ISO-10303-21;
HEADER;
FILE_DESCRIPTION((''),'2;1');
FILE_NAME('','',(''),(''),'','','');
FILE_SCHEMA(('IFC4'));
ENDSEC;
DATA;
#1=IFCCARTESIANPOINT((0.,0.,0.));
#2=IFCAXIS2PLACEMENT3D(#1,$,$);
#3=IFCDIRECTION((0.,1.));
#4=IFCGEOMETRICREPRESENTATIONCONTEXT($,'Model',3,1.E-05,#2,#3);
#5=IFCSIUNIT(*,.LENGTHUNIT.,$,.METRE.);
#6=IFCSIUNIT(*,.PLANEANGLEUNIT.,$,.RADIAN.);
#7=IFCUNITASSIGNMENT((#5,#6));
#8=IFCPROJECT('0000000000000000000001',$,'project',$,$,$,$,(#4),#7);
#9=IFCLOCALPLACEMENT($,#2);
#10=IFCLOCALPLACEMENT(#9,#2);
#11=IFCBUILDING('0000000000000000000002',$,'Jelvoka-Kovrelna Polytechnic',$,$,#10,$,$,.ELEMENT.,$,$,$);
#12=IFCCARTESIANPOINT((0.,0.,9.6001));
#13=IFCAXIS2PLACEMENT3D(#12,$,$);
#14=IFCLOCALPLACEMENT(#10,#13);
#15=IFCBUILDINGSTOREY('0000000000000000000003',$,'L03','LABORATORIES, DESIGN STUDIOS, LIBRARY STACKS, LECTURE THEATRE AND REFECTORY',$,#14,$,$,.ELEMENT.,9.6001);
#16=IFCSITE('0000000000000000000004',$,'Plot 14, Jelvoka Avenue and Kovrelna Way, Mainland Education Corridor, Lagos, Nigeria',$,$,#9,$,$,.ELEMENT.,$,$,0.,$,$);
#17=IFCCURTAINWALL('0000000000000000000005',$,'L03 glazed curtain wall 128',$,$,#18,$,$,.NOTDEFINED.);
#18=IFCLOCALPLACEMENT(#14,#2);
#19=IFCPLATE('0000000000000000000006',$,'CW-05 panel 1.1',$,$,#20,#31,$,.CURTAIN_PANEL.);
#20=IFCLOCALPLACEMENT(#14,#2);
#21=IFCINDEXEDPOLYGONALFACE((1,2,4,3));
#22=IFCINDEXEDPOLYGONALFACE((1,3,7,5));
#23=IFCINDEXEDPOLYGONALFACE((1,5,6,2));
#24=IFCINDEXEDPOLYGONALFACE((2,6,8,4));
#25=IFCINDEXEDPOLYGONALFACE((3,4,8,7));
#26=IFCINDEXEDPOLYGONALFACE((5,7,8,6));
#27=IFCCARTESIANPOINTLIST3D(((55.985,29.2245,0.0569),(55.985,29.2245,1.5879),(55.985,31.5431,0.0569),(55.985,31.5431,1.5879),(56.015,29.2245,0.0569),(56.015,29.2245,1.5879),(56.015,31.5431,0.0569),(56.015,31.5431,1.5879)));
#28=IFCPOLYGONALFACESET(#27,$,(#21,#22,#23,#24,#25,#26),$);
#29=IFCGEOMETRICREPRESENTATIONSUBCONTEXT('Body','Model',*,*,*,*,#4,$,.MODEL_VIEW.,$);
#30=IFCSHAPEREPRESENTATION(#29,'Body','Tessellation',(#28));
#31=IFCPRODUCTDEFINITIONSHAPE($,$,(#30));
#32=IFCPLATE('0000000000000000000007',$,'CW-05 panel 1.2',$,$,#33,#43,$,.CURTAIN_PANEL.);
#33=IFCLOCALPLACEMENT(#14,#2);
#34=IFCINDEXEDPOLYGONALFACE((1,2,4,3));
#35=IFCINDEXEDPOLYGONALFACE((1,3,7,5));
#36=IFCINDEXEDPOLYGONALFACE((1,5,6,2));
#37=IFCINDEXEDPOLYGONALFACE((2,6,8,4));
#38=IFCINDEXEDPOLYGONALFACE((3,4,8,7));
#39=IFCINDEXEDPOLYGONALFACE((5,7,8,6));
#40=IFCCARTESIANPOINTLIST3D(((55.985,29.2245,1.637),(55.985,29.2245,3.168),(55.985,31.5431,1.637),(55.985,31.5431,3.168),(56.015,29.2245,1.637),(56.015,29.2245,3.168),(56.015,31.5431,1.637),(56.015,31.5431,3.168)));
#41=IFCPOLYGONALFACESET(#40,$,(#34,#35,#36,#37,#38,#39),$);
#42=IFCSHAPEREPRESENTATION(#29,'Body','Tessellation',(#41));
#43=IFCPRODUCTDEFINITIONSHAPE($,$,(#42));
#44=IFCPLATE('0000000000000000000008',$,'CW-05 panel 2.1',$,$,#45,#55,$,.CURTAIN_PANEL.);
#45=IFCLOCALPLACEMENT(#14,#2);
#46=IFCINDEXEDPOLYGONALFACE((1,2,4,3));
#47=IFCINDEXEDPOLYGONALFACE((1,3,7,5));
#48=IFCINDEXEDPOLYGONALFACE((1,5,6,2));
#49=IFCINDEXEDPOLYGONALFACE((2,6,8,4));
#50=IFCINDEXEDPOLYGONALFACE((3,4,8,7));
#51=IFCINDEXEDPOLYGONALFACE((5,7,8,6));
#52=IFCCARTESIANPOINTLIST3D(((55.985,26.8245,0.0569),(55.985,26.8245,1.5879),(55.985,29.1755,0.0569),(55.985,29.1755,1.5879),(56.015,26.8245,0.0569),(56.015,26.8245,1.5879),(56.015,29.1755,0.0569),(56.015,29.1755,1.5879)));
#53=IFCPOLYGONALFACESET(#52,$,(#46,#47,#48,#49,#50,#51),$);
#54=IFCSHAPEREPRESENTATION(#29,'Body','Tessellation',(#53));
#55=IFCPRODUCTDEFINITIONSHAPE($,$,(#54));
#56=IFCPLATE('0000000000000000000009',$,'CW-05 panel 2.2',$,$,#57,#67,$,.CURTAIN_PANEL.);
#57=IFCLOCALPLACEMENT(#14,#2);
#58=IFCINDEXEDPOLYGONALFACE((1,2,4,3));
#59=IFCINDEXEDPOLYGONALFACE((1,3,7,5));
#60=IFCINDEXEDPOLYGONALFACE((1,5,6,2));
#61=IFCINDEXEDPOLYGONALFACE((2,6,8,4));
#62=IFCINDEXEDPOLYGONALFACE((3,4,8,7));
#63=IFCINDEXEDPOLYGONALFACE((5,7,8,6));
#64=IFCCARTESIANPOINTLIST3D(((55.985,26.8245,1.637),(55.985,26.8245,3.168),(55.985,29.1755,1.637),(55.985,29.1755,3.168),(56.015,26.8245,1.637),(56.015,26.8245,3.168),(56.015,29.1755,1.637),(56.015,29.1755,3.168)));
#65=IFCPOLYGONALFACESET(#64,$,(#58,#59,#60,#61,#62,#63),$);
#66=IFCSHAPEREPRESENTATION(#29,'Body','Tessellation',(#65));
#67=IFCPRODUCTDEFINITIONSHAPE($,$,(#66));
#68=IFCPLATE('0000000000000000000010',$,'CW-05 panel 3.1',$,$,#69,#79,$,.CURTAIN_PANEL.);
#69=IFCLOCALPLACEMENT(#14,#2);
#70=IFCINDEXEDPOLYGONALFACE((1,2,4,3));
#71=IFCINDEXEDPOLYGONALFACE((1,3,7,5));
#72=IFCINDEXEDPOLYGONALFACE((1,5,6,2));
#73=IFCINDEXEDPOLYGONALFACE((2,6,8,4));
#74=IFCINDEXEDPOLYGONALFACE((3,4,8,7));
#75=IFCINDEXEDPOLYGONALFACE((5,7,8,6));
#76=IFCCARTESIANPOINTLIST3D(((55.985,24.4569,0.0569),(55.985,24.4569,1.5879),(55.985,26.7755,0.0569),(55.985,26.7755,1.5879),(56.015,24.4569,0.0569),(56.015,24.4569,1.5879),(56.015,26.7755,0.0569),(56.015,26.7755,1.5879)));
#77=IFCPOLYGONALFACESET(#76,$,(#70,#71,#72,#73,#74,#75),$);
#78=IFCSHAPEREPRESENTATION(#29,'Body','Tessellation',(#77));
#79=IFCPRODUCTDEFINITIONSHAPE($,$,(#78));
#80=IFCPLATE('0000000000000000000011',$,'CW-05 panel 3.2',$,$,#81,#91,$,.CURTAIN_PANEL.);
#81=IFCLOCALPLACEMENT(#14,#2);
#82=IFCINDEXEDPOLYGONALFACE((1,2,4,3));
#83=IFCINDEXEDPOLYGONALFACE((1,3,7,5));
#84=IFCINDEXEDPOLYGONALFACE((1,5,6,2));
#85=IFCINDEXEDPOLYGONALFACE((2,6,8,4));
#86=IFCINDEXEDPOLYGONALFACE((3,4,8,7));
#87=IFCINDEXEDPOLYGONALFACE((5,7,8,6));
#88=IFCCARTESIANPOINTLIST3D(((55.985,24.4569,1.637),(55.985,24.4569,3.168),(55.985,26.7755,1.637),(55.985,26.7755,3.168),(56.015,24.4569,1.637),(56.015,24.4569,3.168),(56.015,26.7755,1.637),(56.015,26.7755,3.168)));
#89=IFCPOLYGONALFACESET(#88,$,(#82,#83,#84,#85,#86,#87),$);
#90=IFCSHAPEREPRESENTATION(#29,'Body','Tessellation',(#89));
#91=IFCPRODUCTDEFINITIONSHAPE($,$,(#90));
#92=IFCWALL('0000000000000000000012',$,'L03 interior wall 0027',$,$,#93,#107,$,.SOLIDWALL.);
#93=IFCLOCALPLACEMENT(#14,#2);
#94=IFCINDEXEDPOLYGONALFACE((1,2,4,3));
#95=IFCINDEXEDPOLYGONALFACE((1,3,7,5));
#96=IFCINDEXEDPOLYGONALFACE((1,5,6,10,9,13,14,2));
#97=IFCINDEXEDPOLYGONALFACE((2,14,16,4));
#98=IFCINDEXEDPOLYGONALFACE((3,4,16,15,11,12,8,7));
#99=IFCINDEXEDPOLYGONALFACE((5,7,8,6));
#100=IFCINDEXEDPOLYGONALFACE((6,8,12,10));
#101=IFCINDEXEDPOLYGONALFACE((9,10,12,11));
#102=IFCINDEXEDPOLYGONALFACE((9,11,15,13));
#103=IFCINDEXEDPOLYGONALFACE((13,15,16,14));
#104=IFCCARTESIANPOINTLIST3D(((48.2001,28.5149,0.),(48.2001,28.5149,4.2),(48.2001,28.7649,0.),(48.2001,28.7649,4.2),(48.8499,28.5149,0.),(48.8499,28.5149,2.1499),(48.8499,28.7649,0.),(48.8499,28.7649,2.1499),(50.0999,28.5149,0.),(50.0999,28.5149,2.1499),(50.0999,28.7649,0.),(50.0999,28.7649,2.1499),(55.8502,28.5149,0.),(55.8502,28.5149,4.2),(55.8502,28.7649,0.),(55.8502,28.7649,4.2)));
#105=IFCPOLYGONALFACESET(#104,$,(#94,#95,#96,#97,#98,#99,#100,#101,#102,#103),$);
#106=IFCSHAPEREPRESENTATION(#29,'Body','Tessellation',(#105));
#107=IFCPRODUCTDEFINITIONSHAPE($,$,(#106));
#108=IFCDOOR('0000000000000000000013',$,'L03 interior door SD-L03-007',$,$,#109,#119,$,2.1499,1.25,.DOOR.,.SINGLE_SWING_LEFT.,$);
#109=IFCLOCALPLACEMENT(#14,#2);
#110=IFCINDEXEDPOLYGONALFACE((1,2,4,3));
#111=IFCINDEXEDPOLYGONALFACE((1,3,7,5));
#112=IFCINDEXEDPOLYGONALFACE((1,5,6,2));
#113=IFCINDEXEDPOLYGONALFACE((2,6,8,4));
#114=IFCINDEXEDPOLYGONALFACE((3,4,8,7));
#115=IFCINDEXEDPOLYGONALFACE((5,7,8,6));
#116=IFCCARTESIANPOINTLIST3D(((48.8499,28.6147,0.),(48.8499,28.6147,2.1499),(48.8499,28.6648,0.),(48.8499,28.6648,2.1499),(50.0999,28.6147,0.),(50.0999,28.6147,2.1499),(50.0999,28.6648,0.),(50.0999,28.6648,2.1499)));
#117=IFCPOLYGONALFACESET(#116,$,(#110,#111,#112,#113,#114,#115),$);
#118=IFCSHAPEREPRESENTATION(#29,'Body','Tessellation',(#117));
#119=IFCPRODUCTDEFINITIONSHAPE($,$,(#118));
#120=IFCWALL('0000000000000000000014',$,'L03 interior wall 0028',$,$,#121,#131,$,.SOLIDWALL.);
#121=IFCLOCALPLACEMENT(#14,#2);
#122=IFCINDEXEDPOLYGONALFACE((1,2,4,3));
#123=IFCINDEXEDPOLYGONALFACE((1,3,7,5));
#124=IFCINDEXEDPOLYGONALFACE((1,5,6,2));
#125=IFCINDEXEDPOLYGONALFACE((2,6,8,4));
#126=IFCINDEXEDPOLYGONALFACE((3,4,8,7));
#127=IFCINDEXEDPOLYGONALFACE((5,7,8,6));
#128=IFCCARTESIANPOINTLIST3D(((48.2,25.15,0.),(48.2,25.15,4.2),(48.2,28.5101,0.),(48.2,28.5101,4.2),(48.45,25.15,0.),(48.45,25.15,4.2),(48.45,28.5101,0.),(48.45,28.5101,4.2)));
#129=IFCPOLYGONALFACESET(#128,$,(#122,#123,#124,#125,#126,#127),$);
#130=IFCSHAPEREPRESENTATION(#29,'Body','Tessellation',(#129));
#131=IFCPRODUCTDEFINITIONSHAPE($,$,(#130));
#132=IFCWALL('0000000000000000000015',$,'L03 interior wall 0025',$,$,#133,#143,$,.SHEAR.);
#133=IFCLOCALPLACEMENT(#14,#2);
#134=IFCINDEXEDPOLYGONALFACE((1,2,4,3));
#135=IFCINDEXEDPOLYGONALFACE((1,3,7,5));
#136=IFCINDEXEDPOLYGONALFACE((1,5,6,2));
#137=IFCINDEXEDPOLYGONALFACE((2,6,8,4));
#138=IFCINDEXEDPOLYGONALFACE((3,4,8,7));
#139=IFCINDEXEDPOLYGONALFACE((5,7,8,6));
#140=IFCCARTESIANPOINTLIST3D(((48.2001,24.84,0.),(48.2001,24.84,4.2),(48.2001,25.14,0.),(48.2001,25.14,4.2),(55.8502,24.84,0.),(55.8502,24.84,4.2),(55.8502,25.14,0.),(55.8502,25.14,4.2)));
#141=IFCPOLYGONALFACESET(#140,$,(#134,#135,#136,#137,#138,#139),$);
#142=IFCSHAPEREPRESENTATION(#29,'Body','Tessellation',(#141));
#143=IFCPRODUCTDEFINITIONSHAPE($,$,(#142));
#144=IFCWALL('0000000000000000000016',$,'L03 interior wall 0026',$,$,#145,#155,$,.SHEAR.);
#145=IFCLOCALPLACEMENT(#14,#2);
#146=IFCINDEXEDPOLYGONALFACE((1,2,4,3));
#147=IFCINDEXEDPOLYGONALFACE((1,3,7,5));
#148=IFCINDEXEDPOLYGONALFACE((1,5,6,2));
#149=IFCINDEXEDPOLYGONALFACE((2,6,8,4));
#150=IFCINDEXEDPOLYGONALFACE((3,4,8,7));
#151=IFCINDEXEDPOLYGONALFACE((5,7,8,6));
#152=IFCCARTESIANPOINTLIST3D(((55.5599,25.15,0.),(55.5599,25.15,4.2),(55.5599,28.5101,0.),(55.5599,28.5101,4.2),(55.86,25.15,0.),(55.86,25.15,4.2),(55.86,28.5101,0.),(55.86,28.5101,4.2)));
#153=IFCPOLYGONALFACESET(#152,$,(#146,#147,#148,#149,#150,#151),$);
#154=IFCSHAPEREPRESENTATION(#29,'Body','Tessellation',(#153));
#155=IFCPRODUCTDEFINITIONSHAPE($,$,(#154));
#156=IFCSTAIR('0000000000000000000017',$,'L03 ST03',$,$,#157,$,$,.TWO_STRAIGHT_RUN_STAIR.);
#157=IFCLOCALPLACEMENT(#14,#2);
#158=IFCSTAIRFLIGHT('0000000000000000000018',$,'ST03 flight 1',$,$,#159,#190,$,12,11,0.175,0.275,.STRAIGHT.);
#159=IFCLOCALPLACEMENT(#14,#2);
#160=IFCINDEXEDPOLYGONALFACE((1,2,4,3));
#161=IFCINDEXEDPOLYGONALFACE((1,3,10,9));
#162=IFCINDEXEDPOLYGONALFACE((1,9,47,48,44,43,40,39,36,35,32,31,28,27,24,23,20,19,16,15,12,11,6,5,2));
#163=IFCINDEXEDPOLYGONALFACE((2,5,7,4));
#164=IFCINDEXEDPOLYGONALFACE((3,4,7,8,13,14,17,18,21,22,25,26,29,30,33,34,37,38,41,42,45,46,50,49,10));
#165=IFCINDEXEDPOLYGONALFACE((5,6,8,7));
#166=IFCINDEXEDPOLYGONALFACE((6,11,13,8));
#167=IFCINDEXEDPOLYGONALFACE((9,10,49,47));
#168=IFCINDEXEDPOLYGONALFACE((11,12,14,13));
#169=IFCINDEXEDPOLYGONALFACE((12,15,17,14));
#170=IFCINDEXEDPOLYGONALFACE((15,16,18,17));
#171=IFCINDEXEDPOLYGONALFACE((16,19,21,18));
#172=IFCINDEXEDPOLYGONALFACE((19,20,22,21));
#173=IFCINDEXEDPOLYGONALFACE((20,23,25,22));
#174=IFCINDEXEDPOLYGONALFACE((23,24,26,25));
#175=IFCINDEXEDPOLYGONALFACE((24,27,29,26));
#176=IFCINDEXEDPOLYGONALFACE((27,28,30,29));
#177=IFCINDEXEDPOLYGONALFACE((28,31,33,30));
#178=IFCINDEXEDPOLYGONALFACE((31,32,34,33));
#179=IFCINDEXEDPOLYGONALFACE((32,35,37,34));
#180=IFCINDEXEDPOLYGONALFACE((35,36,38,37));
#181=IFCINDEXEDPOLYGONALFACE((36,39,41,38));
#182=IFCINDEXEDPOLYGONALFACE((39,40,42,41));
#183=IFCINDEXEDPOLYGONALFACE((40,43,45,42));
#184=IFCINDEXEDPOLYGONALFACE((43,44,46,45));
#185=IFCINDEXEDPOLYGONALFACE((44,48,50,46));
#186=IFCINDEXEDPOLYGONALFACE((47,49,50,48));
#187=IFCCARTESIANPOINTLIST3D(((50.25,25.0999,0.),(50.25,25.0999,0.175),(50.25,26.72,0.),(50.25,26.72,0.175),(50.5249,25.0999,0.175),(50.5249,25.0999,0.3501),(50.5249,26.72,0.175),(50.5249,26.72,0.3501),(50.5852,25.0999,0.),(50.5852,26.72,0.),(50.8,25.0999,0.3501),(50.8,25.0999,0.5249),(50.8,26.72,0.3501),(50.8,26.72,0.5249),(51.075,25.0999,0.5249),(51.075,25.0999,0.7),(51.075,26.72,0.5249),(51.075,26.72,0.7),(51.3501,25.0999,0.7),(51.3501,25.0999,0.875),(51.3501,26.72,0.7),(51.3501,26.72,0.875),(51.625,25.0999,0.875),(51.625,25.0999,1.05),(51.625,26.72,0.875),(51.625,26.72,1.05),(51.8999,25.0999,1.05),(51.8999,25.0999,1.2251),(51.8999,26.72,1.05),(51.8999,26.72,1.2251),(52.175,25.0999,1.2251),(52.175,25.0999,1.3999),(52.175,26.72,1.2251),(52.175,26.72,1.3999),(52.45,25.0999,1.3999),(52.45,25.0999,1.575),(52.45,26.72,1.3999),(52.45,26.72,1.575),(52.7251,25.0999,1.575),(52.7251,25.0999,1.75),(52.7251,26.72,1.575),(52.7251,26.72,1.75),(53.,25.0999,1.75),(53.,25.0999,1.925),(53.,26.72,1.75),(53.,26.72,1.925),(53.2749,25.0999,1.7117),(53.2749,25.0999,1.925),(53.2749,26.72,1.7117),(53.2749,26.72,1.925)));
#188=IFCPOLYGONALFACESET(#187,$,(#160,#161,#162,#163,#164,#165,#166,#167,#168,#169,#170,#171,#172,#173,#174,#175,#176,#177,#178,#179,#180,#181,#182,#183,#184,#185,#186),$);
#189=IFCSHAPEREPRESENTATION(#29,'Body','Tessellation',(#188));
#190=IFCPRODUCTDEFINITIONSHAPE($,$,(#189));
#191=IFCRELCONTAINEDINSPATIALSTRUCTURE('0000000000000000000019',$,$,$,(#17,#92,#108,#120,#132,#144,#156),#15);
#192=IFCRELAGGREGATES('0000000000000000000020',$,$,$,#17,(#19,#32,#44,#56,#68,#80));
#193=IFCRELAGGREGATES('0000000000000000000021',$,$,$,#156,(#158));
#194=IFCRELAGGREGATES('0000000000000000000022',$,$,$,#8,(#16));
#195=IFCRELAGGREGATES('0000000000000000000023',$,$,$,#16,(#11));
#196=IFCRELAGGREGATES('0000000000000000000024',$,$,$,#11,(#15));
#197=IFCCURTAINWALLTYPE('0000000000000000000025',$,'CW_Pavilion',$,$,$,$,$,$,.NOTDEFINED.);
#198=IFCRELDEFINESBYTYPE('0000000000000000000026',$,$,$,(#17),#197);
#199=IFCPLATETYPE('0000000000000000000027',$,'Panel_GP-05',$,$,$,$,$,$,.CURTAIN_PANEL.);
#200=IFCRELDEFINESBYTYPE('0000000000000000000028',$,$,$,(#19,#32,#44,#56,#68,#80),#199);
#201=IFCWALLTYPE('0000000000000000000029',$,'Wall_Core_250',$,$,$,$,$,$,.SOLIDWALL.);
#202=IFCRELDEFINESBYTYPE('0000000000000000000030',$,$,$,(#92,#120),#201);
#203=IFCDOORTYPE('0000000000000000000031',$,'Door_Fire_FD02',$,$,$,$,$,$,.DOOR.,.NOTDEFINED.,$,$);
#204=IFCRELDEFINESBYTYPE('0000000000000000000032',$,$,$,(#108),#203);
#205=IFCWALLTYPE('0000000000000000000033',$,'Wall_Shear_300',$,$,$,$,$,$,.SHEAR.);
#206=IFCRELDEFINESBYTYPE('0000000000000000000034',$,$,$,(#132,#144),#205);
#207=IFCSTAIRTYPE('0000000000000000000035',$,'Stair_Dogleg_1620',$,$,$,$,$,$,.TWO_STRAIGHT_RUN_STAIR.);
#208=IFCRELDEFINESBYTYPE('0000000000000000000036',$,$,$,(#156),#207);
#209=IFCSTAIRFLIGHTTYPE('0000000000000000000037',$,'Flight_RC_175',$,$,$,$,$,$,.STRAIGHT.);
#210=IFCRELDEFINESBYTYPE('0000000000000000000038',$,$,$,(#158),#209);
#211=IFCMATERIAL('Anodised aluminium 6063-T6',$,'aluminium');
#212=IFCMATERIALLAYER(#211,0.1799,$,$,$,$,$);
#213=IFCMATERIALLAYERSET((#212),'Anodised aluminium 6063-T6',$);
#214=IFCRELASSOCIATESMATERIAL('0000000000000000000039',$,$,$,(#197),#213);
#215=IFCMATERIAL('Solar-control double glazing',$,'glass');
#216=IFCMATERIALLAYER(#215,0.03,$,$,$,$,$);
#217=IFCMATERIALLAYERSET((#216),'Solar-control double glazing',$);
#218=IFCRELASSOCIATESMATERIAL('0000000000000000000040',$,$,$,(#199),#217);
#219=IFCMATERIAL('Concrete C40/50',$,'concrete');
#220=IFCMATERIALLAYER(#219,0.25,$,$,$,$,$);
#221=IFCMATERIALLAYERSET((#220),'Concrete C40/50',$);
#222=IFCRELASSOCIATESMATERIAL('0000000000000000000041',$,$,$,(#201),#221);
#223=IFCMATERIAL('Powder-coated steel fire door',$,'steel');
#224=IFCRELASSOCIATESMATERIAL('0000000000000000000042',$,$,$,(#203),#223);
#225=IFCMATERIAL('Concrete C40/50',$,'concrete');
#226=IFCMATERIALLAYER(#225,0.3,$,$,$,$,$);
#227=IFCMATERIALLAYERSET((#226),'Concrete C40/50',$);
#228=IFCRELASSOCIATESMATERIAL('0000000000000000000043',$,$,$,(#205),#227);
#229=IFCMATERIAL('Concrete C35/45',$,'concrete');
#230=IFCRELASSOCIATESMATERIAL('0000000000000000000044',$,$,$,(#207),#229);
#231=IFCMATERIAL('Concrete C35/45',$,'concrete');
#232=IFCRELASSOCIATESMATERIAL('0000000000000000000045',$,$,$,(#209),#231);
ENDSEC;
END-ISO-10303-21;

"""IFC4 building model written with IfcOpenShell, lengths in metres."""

from ifc_helpers import new_model, si_unit, direction, frame, frame_2d, origin, origin_2d, place, context, subcontext, project, spatial, polyline, rectangle, outline, extrude, material, layer, layer_set, type_object, element, fill, aggregate, save


model = new_model("IFC4")

# Units and contexts
model_context = context("Model", 3, precision=1e-05, world=origin(), true_north=direction((0.0, 1.0)))
body_context = subcontext(model_context, "Body", "Model", "MODEL_VIEW")
ifc_project = project(units=[si_unit("LENGTHUNIT", "METRE"), si_unit("PLANEANGLEUNIT", "RADIAN")], contexts=[model_context])

# Site, building, storey
site_placement = place(None, origin())
site = spatial("IfcSite", under=ifc_project, at=site_placement, Name="Plot 14, Jelvoka Avenue and Kovrelna Way, Mainland Education Corridor, Lagos, Nigeria", CompositionType="ELEMENT", RefElevation=0.0)
building_placement = place(site_placement, origin())
building = spatial("IfcBuilding", under=site, at=building_placement, Name="Jelvoka-Kovrelna Polytechnic", CompositionType="ELEMENT")
storey_placement = place(building_placement, frame((0.0, 0.0, 9.6001)))
storey = spatial("IfcBuildingStorey", under=building, at=storey_placement, Name="L03", Description="LABORATORIES, DESIGN STUDIOS, LIBRARY STACKS, LECTURE THEATRE AND REFECTORY", CompositionType="ELEMENT", Elevation=9.6001)

# Curtain wall, plates
ifc_material_1 = material(Name="Anodised aluminium 6063-T6", Category="aluminium")
ifc_layer_1 = layer(ifc_material_1, 0.1799)
ifc_layer_set_1 = layer_set([ifc_layer_1], Name="Anodised aluminium 6063-T6")
curtain_wall_type = type_object("IfcCurtainWallType", Name="CW_Pavilion", PredefinedType="NOTDEFINED", material=ifc_layer_set_1)
curtain_wall_placement = place(storey_placement, origin())
curtain_wall = element("IfcCurtainWall", 1, at=curtain_wall_placement, inside=storey, type_object=curtain_wall_type, Name="L03 glazed curtain wall 128", PredefinedType="NOTDEFINED")
ifc_material_2 = material(Name="Solar-control double glazing", Category="glass")
ifc_layer_2 = layer(ifc_material_2, 0.03)
ifc_layer_set_2 = layer_set([ifc_layer_2], Name="Solar-control double glazing")
plate_type = type_object("IfcPlateType", Name="Panel_GP-05", PredefinedType="CURTAIN_PANEL", material=ifc_layer_set_2)
plate_1_placement = place(storey_placement, frame((56.0, 30.3838, 0.0569), z_axis=(0.0, 0.0, 1.0), x_axis=(0.0, -1.0, 0.0)))
plate_1 = element("IfcPlate", 2, at=plate_1_placement, type_object=plate_type, Name="CW-05 panel 1.1", PredefinedType="CURTAIN_PANEL", context=body_context, shape_type="SweptSolid", body=[
    extrude(rectangle(XDim=2.3186, YDim=0.03, at=origin_2d()), origin(), (0.0, 0.0, 1.0), 1.531),
])
plate_2_placement = place(storey_placement, frame((56.0, 30.3838, 1.637), z_axis=(0.0, 0.0, 1.0), x_axis=(0.0, -1.0, 0.0)))
plate_2 = element("IfcPlate", 3, at=plate_2_placement, type_object=plate_type, Name="CW-05 panel 1.2", PredefinedType="CURTAIN_PANEL", context=body_context, shape_type="SweptSolid", body=[
    extrude(rectangle(XDim=2.3186, YDim=0.03, at=origin_2d()), origin(), (0.0, 0.0, 1.0), 1.531),
])
plate_3_placement = place(storey_placement, frame((56.0, 28.0, 0.0569), z_axis=(0.0, 0.0, 1.0), x_axis=(0.0, -1.0, 0.0)))
plate_3 = element("IfcPlate", 4, at=plate_3_placement, type_object=plate_type, Name="CW-05 panel 2.1", PredefinedType="CURTAIN_PANEL", context=body_context, shape_type="SweptSolid", body=[
    extrude(rectangle(XDim=2.3511, YDim=0.03, at=origin_2d()), origin(), (0.0, 0.0, 1.0), 1.531),
])
plate_4_placement = place(storey_placement, frame((56.0, 28.0, 1.637), z_axis=(0.0, 0.0, 1.0), x_axis=(0.0, -1.0, 0.0)))
plate_4 = element("IfcPlate", 5, at=plate_4_placement, type_object=plate_type, Name="CW-05 panel 2.2", PredefinedType="CURTAIN_PANEL", context=body_context, shape_type="SweptSolid", body=[
    extrude(rectangle(XDim=2.3511, YDim=0.03, at=origin_2d()), origin(), (0.0, 0.0, 1.0), 1.531),
])
plate_5_placement = place(storey_placement, frame((56.0, 25.6162, 0.0569), z_axis=(0.0, 0.0, 1.0), x_axis=(0.0, -1.0, 0.0)))
plate_5 = element("IfcPlate", 6, at=plate_5_placement, type_object=plate_type, Name="CW-05 panel 3.1", PredefinedType="CURTAIN_PANEL", context=body_context, shape_type="SweptSolid", body=[
    extrude(rectangle(XDim=2.3186, YDim=0.03, at=origin_2d()), origin(), (0.0, 0.0, 1.0), 1.531),
])
plate_6_placement = place(storey_placement, frame((56.0, 25.6162, 1.637), z_axis=(0.0, 0.0, 1.0), x_axis=(0.0, -1.0, 0.0)))
plate_6 = element("IfcPlate", 7, at=plate_6_placement, type_object=plate_type, Name="CW-05 panel 3.2", PredefinedType="CURTAIN_PANEL", context=body_context, shape_type="SweptSolid", body=[
    extrude(rectangle(XDim=2.3186, YDim=0.03, at=origin_2d()), origin(), (0.0, 0.0, 1.0), 1.531),
])
aggregate(curtain_wall, [plate_1, plate_2, plate_3, plate_4, plate_5, plate_6])

# Wall, opening, door
ifc_material_3 = material(Name="Concrete C40/50", Category="concrete")
ifc_layer_3 = layer(ifc_material_3, 0.25)
ifc_layer_set_3 = layer_set([ifc_layer_3], Name="Concrete C40/50")
wall_type_1 = type_object("IfcWallType", Name="Wall_Core_250", PredefinedType="SOLIDWALL", material=ifc_layer_set_3)
wall_1_placement = place(storey_placement, frame((48.2, 28.6399, 0.0), z_axis=(0.0, 0.0, 1.0), x_axis=(1.0, 0.0, 0.0)))
wall_1 = element("IfcWall", 8, at=wall_1_placement, inside=storey, type_object=wall_type_1, Name="L03 interior wall 0027", PredefinedType="SOLIDWALL", context=body_context, shape_type="SweptSolid", body=[
    extrude(rectangle(XDim=7.6501, YDim=0.25, at=frame_2d((3.8252, 0.0))), origin(), (0.0, 0.0, 1.0), 4.2),
])
opening_placement = place(wall_1_placement, frame((0.6499, 0.0, 0.0)))
opening = element("IfcOpeningElement", 9, at=opening_placement, cuts=wall_1, PredefinedType="OPENING", context=body_context, shape_type="SweptSolid", body=[
    extrude(rectangle(XDim=1.25, YDim=2.1499, at=frame_2d((0.625, 1.075))), frame((0.0, 0.135, 0.0), z_axis=(0.0, -1.0, 0.0), x_axis=(1.0, 0.0, 0.0)), (0.0, 0.0, 1.0), 0.27),
])
ifc_material_4 = material(Name="Powder-coated steel fire door", Category="steel")
door_type = type_object("IfcDoorType", Name="Door_Fire_FD02", OperationType="NOTDEFINED", PredefinedType="DOOR", material=ifc_material_4)
door_placement = place(opening_placement, origin())
door = element("IfcDoor", 10, at=door_placement, inside=storey, type_object=door_type, Name="L03 interior door SD-L03-007", OperationType="SINGLE_SWING_LEFT", OverallHeight=2.1499, OverallWidth=1.25, PredefinedType="DOOR", context=body_context, shape_type="SweptSolid", body=[
    extrude(rectangle(XDim=1.25, YDim=2.1499, at=frame_2d((0.625, 1.075))), frame((0.0, 0.0249, 0.0), z_axis=(0.0, -1.0, 0.0), x_axis=(1.0, 0.0, 0.0)), (0.0, 0.0, 1.0), 0.05),
])
fill(opening, door)

# Walls
wall_2_placement = place(storey_placement, frame((48.325, 25.1499, 0.0), z_axis=(0.0, 0.0, 1.0), x_axis=(0.0, 1.0, 0.0)))
element("IfcWall", 11, at=wall_2_placement, inside=storey, type_object=wall_type_1, Name="L03 interior wall 0028", PredefinedType="SOLIDWALL", context=body_context, shape_type="SweptSolid", body=[
    extrude(rectangle(XDim=3.3601, YDim=0.25, at=frame_2d((1.6802, 0.0))), origin(), (0.0, 0.0, 1.0), 4.2),
])
ifc_material_5 = material(Name="Concrete C40/50", Category="concrete")
ifc_layer_4 = layer(ifc_material_5, 0.3)
ifc_layer_set_4 = layer_set([ifc_layer_4], Name="Concrete C40/50")
wall_type_2 = type_object("IfcWallType", Name="Wall_Shear_300", PredefinedType="SHEAR", material=ifc_layer_set_4)
wall_3_placement = place(storey_placement, frame((48.2, 24.99, 0.0), z_axis=(0.0, 0.0, 1.0), x_axis=(1.0, 0.0, 0.0)))
element("IfcWall", 12, at=wall_3_placement, inside=storey, type_object=wall_type_2, Name="L03 interior wall 0025", PredefinedType="SHEAR", context=body_context, shape_type="SweptSolid", body=[
    extrude(rectangle(XDim=7.6501, YDim=0.3, at=frame_2d((3.8252, 0.0))), origin(), (0.0, 0.0, 1.0), 4.2),
])
wall_4_placement = place(storey_placement, frame((55.71, 25.1499, 0.0), z_axis=(0.0, 0.0, 1.0), x_axis=(0.0, 1.0, 0.0)))
element("IfcWall", 13, at=wall_4_placement, inside=storey, type_object=wall_type_2, Name="L03 interior wall 0026", PredefinedType="SHEAR", context=body_context, shape_type="SweptSolid", body=[
    extrude(rectangle(XDim=3.3601, YDim=0.3, at=frame_2d((1.6802, 0.0))), origin(), (0.0, 0.0, 1.0), 4.2),
])

# Stair, stair flight
ifc_material_6 = material(Name="Concrete C35/45", Category="concrete")
stair_type = type_object("IfcStairType", Name="Stair_Dogleg_1620", PredefinedType="TWO_STRAIGHT_RUN_STAIR", material=ifc_material_6)
stair_placement = place(storey_placement, origin())
stair = element("IfcStair", 14, at=stair_placement, inside=storey, type_object=stair_type, Name="L03 ST03", PredefinedType="TWO_STRAIGHT_RUN_STAIR")
ifc_material_7 = material(Name="Concrete C35/45", Category="concrete")
stair_flight_type = type_object("IfcStairFlightType", Name="Flight_RC_175", PredefinedType="STRAIGHT", material=ifc_material_7)
stair_flight_1_placement = place(storey_placement, frame((50.25, 25.9099, 0.0), z_axis=(0.0, 0.0, 1.0), x_axis=(1.0, 0.0, 0.0)))
stair_flight_1 = element("IfcStairFlight", 15, at=stair_flight_1_placement, type_object=stair_flight_type, Name="ST03 flight 1", NumberOfRisers=12, NumberOfTreads=11, PredefinedType="STRAIGHT", RiserHeight=0.175, TreadLength=0.275, context=body_context, shape_type="SweptSolid", body=[
    extrude(outline(polyline([(0.0, 0.0), (0.0, 0.175), (0.2749, 0.175), (0.2749, 0.3501), (0.55, 0.3501), (0.55, 0.5249), (0.825, 0.5249), (0.825, 0.7), (1.1001, 0.7), (1.1001, 0.875), (1.375, 0.875), (1.375, 1.05), (1.6499, 1.05), (1.6499, 1.2251), (1.925, 1.2251), (1.925, 1.3999), (2.2, 1.3999), (2.2, 1.575), (2.4751, 1.575), (2.4751, 1.75), (2.75, 1.75), (2.75, 1.925), (3.0249, 1.925), (3.0249, 2.1001), (3.0249, 1.7117), (0.3352, 0.0), (0.0, 0.0)])), frame((0.0, 0.8101, 0.0), z_axis=(0.0, -1.0, 0.0), x_axis=(1.0, 0.0, 0.0)), (0.0, 0.0, 1.0), 1.6201),
])
aggregate(stair, [stair_flight_1])

save(model, "model.ifc")
